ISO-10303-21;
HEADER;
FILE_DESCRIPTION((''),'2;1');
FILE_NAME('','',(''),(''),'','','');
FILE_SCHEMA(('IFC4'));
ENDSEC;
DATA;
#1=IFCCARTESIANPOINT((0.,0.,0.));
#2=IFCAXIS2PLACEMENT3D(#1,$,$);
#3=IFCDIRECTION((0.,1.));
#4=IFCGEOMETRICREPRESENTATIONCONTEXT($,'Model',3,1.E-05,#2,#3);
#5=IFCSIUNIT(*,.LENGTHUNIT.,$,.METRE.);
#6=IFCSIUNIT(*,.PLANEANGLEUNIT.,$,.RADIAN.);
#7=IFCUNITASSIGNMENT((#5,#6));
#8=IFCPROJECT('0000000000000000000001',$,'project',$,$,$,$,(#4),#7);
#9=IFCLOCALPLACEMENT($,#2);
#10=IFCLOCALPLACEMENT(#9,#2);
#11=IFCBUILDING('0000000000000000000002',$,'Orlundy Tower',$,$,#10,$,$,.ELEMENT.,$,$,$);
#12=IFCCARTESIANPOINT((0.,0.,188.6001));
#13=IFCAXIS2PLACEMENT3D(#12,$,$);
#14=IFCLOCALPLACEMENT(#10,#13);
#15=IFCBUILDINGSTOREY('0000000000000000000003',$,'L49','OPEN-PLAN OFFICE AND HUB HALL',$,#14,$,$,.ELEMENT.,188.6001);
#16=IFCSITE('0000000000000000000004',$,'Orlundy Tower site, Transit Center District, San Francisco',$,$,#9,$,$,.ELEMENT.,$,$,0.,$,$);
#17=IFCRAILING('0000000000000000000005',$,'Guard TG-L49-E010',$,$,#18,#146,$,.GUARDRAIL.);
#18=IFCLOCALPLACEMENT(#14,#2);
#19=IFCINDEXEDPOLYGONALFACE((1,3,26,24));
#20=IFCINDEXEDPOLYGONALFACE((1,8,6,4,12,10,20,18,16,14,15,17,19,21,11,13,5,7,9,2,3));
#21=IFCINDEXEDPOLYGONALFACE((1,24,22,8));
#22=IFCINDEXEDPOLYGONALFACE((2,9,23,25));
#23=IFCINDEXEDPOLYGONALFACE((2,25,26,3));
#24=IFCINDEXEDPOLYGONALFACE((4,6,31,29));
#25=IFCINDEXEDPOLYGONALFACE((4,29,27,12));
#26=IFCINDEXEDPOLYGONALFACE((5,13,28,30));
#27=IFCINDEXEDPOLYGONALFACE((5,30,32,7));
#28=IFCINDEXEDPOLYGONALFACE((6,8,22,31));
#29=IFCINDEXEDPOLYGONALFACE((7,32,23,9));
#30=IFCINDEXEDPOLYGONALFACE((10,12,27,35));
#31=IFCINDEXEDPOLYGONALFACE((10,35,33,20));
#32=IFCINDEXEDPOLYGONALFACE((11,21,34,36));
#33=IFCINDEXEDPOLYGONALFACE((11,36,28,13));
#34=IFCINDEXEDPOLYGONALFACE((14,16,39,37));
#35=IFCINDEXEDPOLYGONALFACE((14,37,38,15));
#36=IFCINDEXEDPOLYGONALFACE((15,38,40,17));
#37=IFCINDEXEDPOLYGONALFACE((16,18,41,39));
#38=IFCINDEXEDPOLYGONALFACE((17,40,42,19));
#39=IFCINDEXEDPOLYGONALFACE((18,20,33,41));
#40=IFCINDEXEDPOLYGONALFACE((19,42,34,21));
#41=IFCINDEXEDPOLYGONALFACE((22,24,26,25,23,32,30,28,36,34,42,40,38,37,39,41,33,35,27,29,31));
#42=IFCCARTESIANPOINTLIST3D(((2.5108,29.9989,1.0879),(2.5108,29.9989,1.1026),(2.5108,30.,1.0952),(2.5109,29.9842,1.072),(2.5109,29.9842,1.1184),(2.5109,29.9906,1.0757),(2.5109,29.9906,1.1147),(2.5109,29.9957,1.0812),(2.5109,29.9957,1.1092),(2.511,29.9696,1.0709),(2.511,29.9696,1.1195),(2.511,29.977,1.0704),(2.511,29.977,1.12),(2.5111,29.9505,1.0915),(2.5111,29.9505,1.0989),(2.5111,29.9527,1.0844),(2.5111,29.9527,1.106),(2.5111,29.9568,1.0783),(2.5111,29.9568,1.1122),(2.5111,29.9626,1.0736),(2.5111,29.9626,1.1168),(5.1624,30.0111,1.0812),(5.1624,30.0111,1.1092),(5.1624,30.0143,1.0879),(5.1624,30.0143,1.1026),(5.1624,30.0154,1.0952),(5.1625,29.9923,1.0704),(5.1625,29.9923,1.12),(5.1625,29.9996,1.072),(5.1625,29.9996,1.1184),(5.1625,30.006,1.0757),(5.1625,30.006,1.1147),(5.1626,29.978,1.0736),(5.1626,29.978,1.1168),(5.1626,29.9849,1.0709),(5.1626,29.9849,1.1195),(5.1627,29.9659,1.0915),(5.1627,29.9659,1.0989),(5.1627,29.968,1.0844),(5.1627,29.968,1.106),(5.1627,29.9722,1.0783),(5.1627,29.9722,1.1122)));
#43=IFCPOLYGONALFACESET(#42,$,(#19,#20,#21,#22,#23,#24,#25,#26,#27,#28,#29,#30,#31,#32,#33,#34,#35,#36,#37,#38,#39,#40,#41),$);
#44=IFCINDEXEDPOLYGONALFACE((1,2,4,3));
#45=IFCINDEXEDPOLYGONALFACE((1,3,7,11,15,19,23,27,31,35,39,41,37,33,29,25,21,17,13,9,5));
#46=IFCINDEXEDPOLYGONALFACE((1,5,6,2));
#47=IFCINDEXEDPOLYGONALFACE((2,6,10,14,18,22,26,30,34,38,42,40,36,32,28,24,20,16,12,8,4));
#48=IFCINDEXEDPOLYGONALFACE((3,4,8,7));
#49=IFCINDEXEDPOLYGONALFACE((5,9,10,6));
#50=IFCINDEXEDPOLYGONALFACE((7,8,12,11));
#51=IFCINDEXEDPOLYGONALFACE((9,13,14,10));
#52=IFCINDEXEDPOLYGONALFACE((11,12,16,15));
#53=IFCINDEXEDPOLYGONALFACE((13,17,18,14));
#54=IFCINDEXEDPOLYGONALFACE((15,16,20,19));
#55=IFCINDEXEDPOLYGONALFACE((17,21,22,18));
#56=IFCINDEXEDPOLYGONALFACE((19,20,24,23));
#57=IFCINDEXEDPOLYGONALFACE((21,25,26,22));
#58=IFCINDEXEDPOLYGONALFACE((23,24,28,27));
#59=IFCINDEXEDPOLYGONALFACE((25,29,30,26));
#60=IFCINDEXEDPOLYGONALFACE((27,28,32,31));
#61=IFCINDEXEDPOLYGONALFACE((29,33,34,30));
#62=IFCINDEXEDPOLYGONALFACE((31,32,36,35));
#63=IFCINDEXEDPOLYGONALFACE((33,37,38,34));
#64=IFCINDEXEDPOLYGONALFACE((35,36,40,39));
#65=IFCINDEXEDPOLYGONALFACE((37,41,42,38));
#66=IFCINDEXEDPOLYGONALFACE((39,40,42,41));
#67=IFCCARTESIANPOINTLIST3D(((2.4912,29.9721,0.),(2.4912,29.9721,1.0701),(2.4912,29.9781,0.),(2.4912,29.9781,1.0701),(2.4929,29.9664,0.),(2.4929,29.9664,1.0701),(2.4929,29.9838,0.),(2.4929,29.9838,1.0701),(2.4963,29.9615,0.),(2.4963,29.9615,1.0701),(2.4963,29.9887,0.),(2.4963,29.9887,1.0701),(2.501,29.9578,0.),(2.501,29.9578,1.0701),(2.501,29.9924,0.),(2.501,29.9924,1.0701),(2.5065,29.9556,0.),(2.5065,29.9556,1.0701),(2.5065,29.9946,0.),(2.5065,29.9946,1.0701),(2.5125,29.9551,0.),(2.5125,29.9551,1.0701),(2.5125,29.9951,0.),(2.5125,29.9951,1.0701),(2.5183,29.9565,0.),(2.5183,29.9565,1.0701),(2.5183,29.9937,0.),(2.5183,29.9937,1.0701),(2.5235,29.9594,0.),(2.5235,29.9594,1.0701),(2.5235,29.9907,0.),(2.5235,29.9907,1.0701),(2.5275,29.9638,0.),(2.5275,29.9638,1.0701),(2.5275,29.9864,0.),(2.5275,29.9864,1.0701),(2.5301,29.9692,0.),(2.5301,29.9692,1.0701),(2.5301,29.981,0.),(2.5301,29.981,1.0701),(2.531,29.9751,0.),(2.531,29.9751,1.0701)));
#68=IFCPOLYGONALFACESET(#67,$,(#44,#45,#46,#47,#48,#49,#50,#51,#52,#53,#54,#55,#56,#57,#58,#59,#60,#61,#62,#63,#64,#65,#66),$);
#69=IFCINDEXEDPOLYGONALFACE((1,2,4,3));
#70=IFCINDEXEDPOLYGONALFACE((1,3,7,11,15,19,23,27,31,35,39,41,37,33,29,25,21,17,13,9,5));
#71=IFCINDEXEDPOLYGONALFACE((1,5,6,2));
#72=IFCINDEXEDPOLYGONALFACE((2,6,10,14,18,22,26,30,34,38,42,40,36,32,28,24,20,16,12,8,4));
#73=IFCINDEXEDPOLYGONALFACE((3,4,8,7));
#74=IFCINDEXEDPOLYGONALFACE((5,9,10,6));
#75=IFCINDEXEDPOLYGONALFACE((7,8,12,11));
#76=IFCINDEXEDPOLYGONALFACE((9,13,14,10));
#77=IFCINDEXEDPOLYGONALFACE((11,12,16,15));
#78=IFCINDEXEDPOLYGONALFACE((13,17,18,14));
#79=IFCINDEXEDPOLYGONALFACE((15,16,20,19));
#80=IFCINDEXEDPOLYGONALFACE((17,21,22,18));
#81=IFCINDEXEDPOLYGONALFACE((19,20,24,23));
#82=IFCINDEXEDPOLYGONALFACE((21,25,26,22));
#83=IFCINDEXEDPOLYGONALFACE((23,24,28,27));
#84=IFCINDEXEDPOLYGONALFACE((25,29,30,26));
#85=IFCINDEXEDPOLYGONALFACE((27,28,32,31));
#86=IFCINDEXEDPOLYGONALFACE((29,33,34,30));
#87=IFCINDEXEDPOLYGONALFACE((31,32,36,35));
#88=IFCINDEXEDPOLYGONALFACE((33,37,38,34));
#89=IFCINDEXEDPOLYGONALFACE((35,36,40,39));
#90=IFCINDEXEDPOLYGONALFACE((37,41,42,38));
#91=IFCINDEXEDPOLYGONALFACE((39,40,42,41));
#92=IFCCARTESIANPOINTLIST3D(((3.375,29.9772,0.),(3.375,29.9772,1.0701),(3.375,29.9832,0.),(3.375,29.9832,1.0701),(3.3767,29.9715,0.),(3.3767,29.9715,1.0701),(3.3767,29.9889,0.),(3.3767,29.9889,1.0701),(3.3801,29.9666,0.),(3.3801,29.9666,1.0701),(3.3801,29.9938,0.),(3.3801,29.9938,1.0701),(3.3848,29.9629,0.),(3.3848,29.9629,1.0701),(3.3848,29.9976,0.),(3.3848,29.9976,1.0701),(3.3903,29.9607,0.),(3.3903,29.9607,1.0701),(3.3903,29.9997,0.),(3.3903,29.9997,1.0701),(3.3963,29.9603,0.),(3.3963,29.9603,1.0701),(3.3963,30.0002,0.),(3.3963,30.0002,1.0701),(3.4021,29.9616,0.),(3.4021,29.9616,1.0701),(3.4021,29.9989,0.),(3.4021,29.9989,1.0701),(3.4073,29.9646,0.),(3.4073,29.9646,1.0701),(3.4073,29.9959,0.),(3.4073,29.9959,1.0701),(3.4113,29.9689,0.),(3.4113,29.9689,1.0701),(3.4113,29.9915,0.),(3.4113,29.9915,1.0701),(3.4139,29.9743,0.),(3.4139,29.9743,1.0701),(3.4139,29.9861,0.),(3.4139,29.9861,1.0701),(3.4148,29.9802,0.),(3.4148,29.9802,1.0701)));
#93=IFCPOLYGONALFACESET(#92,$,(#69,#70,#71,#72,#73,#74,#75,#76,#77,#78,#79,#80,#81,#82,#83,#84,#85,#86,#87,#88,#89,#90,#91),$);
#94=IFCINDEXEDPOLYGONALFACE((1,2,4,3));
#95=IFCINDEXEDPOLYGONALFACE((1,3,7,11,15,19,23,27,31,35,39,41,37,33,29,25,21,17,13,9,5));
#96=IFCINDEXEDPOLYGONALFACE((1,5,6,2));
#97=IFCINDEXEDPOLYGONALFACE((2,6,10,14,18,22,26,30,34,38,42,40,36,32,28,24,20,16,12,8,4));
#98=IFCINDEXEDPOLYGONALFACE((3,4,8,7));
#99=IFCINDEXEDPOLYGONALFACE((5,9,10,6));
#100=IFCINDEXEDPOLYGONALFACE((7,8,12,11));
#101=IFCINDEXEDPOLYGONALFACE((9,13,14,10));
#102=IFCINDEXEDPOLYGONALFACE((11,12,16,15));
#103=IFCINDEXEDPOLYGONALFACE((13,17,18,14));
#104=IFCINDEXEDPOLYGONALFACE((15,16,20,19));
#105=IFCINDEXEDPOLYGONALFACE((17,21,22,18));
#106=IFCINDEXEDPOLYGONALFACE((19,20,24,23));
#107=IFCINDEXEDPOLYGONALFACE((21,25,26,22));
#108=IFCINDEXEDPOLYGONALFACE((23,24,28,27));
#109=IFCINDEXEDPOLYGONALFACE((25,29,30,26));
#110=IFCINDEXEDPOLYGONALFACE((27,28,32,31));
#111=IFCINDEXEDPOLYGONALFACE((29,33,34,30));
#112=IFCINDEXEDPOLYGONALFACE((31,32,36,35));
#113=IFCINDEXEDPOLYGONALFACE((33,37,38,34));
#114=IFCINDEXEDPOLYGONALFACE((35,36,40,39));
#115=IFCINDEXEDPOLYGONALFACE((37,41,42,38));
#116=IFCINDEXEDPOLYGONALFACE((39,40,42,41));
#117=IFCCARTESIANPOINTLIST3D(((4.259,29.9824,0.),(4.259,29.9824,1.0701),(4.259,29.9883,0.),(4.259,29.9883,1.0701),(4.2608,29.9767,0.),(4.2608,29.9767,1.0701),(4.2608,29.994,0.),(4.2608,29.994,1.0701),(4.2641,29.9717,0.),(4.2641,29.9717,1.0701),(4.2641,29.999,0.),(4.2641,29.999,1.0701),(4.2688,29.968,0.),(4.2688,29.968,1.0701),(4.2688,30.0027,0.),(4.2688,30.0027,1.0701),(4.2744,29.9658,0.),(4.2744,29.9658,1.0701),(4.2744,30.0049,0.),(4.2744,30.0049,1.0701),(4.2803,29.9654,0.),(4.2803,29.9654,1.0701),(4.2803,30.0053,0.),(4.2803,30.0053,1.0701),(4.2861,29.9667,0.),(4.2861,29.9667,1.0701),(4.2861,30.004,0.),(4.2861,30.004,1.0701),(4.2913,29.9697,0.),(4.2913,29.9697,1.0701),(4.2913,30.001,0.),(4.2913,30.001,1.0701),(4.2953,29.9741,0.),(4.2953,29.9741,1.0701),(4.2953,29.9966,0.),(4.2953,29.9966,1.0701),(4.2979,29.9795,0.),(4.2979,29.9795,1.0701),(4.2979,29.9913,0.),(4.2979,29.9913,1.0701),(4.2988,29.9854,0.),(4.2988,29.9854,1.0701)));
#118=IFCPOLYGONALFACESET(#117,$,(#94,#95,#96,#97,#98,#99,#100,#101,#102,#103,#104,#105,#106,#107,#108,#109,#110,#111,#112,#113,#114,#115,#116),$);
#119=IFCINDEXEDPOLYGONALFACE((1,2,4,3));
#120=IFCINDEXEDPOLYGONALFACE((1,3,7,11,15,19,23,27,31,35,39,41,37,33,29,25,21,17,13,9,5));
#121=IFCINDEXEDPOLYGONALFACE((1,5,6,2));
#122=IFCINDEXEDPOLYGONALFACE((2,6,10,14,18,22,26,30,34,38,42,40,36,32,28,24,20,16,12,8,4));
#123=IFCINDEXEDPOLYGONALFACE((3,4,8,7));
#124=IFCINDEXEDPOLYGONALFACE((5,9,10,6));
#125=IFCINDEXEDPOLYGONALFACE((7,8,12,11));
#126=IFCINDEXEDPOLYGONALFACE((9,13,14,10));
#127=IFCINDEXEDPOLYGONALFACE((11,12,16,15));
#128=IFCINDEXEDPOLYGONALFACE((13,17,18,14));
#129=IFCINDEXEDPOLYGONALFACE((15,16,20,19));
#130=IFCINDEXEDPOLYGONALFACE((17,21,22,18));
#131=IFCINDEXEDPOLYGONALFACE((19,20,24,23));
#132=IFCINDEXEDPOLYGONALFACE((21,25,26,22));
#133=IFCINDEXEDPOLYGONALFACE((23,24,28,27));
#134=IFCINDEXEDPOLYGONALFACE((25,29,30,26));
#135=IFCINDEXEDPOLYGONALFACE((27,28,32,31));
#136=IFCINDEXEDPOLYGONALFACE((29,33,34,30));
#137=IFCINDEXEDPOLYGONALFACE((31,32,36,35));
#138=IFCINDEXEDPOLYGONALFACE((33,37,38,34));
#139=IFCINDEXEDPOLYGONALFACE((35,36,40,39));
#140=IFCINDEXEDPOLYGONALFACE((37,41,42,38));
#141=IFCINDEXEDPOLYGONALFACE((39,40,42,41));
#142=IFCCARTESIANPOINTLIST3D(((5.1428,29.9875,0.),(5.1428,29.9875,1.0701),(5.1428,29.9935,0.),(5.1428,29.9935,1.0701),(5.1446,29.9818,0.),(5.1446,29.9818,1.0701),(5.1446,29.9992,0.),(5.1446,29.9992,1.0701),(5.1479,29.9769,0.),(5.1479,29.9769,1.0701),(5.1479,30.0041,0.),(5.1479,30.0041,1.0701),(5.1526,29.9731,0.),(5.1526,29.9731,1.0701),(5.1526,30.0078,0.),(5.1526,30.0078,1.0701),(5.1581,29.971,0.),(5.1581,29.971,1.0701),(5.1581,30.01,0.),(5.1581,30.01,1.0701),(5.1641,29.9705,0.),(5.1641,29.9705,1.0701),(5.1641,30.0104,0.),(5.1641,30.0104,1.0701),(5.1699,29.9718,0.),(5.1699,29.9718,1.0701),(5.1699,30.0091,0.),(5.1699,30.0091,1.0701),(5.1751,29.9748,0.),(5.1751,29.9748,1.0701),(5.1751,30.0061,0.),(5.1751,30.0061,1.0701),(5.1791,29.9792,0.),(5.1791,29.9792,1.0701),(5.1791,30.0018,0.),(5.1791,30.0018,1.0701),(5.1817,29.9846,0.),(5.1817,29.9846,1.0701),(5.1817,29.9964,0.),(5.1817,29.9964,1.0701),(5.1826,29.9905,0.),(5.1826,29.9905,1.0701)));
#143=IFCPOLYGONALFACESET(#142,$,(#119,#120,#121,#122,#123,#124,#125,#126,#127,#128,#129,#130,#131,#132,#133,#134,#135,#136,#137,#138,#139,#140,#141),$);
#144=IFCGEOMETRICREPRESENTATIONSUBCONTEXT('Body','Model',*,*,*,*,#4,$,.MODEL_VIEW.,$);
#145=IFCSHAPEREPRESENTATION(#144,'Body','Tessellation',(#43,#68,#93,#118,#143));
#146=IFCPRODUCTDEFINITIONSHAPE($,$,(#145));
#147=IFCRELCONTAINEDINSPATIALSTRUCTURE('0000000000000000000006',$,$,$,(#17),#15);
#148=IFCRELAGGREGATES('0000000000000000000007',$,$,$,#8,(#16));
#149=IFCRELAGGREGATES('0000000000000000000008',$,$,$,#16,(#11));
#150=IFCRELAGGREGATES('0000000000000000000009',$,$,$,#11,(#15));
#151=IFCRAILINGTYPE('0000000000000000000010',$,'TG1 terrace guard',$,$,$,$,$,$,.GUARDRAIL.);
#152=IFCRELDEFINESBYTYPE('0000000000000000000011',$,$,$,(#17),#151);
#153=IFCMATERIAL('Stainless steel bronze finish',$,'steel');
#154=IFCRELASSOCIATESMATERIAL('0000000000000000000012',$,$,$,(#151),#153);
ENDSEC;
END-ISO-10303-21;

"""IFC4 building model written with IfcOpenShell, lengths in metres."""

from ifc_helpers import new_model, si_unit, direction, frame, origin, origin_2d, place, context, subcontext, project, spatial, circle, extrude, material, type_object, element, save


model = new_model("IFC4")

# Units and contexts
model_context = context("Model", 3, precision=1e-05, world=origin(), true_north=direction((0.0, 1.0)))
body_context = subcontext(model_context, "Body", "Model", "MODEL_VIEW")
ifc_project = project(units=[si_unit("LENGTHUNIT", "METRE"), si_unit("PLANEANGLEUNIT", "RADIAN")], contexts=[model_context])

# Site, building, storey
site_placement = place(None, origin())
site = spatial("IfcSite", under=ifc_project, at=site_placement, Name="Orlundy Tower site, Transit Center District, San Francisco", CompositionType="ELEMENT", RefElevation=0.0)
building_placement = place(site_placement, origin())
building = spatial("IfcBuilding", under=site, at=building_placement, Name="Orlundy Tower", CompositionType="ELEMENT")
storey_placement = place(building_placement, frame((0.0, 0.0, 188.6001)))
storey = spatial("IfcBuildingStorey", under=building, at=storey_placement, Name="L49", Description="OPEN-PLAN OFFICE AND HUB HALL", CompositionType="ELEMENT", Elevation=188.6001)

# Railing
ifc_material_1 = material(Name="Stainless steel bronze finish", Category="steel")
railing_type_1 = type_object("IfcRailingType", Name="TG1 terrace guard", PredefinedType="GUARDRAIL", material=ifc_material_1)
railing_1_placement = place(storey_placement, frame((2.511, 29.9751, 0.0)))
element("IfcRailing", 1, at=railing_1_placement, inside=storey, type_object=railing_type_1, Name="Guard TG-L49-E010", PredefinedType="GUARDRAIL", context=body_context, shape_type="SweptSolid", body=[
    extrude(circle(Radius=0.0249, at=origin_2d()), frame((0.0, 0.0, 1.0952), z_axis=(0.999983, 0.0058, 0.0), x_axis=(-0.0058, 0.999983, 0.0)), (0.0, 0.0, 1.0), 2.6516),
    extrude(circle(Radius=0.02, at=origin_2d()), origin(), (0.0, 0.0, 1.0), 1.0701),
    extrude(circle(Radius=0.02, at=origin_2d()), frame((0.8838, 0.0051, 0.0)), (0.0, 0.0, 1.0), 1.0701),
    extrude(circle(Radius=0.02, at=origin_2d()), frame((1.7678, 0.0103, 0.0)), (0.0, 0.0, 1.0), 1.0701),
    extrude(circle(Radius=0.02, at=origin_2d()), frame((2.6516, 0.0154, 0.0)), (0.0, 0.0, 1.0), 1.0701),
])

save(model, "model.ifc")
